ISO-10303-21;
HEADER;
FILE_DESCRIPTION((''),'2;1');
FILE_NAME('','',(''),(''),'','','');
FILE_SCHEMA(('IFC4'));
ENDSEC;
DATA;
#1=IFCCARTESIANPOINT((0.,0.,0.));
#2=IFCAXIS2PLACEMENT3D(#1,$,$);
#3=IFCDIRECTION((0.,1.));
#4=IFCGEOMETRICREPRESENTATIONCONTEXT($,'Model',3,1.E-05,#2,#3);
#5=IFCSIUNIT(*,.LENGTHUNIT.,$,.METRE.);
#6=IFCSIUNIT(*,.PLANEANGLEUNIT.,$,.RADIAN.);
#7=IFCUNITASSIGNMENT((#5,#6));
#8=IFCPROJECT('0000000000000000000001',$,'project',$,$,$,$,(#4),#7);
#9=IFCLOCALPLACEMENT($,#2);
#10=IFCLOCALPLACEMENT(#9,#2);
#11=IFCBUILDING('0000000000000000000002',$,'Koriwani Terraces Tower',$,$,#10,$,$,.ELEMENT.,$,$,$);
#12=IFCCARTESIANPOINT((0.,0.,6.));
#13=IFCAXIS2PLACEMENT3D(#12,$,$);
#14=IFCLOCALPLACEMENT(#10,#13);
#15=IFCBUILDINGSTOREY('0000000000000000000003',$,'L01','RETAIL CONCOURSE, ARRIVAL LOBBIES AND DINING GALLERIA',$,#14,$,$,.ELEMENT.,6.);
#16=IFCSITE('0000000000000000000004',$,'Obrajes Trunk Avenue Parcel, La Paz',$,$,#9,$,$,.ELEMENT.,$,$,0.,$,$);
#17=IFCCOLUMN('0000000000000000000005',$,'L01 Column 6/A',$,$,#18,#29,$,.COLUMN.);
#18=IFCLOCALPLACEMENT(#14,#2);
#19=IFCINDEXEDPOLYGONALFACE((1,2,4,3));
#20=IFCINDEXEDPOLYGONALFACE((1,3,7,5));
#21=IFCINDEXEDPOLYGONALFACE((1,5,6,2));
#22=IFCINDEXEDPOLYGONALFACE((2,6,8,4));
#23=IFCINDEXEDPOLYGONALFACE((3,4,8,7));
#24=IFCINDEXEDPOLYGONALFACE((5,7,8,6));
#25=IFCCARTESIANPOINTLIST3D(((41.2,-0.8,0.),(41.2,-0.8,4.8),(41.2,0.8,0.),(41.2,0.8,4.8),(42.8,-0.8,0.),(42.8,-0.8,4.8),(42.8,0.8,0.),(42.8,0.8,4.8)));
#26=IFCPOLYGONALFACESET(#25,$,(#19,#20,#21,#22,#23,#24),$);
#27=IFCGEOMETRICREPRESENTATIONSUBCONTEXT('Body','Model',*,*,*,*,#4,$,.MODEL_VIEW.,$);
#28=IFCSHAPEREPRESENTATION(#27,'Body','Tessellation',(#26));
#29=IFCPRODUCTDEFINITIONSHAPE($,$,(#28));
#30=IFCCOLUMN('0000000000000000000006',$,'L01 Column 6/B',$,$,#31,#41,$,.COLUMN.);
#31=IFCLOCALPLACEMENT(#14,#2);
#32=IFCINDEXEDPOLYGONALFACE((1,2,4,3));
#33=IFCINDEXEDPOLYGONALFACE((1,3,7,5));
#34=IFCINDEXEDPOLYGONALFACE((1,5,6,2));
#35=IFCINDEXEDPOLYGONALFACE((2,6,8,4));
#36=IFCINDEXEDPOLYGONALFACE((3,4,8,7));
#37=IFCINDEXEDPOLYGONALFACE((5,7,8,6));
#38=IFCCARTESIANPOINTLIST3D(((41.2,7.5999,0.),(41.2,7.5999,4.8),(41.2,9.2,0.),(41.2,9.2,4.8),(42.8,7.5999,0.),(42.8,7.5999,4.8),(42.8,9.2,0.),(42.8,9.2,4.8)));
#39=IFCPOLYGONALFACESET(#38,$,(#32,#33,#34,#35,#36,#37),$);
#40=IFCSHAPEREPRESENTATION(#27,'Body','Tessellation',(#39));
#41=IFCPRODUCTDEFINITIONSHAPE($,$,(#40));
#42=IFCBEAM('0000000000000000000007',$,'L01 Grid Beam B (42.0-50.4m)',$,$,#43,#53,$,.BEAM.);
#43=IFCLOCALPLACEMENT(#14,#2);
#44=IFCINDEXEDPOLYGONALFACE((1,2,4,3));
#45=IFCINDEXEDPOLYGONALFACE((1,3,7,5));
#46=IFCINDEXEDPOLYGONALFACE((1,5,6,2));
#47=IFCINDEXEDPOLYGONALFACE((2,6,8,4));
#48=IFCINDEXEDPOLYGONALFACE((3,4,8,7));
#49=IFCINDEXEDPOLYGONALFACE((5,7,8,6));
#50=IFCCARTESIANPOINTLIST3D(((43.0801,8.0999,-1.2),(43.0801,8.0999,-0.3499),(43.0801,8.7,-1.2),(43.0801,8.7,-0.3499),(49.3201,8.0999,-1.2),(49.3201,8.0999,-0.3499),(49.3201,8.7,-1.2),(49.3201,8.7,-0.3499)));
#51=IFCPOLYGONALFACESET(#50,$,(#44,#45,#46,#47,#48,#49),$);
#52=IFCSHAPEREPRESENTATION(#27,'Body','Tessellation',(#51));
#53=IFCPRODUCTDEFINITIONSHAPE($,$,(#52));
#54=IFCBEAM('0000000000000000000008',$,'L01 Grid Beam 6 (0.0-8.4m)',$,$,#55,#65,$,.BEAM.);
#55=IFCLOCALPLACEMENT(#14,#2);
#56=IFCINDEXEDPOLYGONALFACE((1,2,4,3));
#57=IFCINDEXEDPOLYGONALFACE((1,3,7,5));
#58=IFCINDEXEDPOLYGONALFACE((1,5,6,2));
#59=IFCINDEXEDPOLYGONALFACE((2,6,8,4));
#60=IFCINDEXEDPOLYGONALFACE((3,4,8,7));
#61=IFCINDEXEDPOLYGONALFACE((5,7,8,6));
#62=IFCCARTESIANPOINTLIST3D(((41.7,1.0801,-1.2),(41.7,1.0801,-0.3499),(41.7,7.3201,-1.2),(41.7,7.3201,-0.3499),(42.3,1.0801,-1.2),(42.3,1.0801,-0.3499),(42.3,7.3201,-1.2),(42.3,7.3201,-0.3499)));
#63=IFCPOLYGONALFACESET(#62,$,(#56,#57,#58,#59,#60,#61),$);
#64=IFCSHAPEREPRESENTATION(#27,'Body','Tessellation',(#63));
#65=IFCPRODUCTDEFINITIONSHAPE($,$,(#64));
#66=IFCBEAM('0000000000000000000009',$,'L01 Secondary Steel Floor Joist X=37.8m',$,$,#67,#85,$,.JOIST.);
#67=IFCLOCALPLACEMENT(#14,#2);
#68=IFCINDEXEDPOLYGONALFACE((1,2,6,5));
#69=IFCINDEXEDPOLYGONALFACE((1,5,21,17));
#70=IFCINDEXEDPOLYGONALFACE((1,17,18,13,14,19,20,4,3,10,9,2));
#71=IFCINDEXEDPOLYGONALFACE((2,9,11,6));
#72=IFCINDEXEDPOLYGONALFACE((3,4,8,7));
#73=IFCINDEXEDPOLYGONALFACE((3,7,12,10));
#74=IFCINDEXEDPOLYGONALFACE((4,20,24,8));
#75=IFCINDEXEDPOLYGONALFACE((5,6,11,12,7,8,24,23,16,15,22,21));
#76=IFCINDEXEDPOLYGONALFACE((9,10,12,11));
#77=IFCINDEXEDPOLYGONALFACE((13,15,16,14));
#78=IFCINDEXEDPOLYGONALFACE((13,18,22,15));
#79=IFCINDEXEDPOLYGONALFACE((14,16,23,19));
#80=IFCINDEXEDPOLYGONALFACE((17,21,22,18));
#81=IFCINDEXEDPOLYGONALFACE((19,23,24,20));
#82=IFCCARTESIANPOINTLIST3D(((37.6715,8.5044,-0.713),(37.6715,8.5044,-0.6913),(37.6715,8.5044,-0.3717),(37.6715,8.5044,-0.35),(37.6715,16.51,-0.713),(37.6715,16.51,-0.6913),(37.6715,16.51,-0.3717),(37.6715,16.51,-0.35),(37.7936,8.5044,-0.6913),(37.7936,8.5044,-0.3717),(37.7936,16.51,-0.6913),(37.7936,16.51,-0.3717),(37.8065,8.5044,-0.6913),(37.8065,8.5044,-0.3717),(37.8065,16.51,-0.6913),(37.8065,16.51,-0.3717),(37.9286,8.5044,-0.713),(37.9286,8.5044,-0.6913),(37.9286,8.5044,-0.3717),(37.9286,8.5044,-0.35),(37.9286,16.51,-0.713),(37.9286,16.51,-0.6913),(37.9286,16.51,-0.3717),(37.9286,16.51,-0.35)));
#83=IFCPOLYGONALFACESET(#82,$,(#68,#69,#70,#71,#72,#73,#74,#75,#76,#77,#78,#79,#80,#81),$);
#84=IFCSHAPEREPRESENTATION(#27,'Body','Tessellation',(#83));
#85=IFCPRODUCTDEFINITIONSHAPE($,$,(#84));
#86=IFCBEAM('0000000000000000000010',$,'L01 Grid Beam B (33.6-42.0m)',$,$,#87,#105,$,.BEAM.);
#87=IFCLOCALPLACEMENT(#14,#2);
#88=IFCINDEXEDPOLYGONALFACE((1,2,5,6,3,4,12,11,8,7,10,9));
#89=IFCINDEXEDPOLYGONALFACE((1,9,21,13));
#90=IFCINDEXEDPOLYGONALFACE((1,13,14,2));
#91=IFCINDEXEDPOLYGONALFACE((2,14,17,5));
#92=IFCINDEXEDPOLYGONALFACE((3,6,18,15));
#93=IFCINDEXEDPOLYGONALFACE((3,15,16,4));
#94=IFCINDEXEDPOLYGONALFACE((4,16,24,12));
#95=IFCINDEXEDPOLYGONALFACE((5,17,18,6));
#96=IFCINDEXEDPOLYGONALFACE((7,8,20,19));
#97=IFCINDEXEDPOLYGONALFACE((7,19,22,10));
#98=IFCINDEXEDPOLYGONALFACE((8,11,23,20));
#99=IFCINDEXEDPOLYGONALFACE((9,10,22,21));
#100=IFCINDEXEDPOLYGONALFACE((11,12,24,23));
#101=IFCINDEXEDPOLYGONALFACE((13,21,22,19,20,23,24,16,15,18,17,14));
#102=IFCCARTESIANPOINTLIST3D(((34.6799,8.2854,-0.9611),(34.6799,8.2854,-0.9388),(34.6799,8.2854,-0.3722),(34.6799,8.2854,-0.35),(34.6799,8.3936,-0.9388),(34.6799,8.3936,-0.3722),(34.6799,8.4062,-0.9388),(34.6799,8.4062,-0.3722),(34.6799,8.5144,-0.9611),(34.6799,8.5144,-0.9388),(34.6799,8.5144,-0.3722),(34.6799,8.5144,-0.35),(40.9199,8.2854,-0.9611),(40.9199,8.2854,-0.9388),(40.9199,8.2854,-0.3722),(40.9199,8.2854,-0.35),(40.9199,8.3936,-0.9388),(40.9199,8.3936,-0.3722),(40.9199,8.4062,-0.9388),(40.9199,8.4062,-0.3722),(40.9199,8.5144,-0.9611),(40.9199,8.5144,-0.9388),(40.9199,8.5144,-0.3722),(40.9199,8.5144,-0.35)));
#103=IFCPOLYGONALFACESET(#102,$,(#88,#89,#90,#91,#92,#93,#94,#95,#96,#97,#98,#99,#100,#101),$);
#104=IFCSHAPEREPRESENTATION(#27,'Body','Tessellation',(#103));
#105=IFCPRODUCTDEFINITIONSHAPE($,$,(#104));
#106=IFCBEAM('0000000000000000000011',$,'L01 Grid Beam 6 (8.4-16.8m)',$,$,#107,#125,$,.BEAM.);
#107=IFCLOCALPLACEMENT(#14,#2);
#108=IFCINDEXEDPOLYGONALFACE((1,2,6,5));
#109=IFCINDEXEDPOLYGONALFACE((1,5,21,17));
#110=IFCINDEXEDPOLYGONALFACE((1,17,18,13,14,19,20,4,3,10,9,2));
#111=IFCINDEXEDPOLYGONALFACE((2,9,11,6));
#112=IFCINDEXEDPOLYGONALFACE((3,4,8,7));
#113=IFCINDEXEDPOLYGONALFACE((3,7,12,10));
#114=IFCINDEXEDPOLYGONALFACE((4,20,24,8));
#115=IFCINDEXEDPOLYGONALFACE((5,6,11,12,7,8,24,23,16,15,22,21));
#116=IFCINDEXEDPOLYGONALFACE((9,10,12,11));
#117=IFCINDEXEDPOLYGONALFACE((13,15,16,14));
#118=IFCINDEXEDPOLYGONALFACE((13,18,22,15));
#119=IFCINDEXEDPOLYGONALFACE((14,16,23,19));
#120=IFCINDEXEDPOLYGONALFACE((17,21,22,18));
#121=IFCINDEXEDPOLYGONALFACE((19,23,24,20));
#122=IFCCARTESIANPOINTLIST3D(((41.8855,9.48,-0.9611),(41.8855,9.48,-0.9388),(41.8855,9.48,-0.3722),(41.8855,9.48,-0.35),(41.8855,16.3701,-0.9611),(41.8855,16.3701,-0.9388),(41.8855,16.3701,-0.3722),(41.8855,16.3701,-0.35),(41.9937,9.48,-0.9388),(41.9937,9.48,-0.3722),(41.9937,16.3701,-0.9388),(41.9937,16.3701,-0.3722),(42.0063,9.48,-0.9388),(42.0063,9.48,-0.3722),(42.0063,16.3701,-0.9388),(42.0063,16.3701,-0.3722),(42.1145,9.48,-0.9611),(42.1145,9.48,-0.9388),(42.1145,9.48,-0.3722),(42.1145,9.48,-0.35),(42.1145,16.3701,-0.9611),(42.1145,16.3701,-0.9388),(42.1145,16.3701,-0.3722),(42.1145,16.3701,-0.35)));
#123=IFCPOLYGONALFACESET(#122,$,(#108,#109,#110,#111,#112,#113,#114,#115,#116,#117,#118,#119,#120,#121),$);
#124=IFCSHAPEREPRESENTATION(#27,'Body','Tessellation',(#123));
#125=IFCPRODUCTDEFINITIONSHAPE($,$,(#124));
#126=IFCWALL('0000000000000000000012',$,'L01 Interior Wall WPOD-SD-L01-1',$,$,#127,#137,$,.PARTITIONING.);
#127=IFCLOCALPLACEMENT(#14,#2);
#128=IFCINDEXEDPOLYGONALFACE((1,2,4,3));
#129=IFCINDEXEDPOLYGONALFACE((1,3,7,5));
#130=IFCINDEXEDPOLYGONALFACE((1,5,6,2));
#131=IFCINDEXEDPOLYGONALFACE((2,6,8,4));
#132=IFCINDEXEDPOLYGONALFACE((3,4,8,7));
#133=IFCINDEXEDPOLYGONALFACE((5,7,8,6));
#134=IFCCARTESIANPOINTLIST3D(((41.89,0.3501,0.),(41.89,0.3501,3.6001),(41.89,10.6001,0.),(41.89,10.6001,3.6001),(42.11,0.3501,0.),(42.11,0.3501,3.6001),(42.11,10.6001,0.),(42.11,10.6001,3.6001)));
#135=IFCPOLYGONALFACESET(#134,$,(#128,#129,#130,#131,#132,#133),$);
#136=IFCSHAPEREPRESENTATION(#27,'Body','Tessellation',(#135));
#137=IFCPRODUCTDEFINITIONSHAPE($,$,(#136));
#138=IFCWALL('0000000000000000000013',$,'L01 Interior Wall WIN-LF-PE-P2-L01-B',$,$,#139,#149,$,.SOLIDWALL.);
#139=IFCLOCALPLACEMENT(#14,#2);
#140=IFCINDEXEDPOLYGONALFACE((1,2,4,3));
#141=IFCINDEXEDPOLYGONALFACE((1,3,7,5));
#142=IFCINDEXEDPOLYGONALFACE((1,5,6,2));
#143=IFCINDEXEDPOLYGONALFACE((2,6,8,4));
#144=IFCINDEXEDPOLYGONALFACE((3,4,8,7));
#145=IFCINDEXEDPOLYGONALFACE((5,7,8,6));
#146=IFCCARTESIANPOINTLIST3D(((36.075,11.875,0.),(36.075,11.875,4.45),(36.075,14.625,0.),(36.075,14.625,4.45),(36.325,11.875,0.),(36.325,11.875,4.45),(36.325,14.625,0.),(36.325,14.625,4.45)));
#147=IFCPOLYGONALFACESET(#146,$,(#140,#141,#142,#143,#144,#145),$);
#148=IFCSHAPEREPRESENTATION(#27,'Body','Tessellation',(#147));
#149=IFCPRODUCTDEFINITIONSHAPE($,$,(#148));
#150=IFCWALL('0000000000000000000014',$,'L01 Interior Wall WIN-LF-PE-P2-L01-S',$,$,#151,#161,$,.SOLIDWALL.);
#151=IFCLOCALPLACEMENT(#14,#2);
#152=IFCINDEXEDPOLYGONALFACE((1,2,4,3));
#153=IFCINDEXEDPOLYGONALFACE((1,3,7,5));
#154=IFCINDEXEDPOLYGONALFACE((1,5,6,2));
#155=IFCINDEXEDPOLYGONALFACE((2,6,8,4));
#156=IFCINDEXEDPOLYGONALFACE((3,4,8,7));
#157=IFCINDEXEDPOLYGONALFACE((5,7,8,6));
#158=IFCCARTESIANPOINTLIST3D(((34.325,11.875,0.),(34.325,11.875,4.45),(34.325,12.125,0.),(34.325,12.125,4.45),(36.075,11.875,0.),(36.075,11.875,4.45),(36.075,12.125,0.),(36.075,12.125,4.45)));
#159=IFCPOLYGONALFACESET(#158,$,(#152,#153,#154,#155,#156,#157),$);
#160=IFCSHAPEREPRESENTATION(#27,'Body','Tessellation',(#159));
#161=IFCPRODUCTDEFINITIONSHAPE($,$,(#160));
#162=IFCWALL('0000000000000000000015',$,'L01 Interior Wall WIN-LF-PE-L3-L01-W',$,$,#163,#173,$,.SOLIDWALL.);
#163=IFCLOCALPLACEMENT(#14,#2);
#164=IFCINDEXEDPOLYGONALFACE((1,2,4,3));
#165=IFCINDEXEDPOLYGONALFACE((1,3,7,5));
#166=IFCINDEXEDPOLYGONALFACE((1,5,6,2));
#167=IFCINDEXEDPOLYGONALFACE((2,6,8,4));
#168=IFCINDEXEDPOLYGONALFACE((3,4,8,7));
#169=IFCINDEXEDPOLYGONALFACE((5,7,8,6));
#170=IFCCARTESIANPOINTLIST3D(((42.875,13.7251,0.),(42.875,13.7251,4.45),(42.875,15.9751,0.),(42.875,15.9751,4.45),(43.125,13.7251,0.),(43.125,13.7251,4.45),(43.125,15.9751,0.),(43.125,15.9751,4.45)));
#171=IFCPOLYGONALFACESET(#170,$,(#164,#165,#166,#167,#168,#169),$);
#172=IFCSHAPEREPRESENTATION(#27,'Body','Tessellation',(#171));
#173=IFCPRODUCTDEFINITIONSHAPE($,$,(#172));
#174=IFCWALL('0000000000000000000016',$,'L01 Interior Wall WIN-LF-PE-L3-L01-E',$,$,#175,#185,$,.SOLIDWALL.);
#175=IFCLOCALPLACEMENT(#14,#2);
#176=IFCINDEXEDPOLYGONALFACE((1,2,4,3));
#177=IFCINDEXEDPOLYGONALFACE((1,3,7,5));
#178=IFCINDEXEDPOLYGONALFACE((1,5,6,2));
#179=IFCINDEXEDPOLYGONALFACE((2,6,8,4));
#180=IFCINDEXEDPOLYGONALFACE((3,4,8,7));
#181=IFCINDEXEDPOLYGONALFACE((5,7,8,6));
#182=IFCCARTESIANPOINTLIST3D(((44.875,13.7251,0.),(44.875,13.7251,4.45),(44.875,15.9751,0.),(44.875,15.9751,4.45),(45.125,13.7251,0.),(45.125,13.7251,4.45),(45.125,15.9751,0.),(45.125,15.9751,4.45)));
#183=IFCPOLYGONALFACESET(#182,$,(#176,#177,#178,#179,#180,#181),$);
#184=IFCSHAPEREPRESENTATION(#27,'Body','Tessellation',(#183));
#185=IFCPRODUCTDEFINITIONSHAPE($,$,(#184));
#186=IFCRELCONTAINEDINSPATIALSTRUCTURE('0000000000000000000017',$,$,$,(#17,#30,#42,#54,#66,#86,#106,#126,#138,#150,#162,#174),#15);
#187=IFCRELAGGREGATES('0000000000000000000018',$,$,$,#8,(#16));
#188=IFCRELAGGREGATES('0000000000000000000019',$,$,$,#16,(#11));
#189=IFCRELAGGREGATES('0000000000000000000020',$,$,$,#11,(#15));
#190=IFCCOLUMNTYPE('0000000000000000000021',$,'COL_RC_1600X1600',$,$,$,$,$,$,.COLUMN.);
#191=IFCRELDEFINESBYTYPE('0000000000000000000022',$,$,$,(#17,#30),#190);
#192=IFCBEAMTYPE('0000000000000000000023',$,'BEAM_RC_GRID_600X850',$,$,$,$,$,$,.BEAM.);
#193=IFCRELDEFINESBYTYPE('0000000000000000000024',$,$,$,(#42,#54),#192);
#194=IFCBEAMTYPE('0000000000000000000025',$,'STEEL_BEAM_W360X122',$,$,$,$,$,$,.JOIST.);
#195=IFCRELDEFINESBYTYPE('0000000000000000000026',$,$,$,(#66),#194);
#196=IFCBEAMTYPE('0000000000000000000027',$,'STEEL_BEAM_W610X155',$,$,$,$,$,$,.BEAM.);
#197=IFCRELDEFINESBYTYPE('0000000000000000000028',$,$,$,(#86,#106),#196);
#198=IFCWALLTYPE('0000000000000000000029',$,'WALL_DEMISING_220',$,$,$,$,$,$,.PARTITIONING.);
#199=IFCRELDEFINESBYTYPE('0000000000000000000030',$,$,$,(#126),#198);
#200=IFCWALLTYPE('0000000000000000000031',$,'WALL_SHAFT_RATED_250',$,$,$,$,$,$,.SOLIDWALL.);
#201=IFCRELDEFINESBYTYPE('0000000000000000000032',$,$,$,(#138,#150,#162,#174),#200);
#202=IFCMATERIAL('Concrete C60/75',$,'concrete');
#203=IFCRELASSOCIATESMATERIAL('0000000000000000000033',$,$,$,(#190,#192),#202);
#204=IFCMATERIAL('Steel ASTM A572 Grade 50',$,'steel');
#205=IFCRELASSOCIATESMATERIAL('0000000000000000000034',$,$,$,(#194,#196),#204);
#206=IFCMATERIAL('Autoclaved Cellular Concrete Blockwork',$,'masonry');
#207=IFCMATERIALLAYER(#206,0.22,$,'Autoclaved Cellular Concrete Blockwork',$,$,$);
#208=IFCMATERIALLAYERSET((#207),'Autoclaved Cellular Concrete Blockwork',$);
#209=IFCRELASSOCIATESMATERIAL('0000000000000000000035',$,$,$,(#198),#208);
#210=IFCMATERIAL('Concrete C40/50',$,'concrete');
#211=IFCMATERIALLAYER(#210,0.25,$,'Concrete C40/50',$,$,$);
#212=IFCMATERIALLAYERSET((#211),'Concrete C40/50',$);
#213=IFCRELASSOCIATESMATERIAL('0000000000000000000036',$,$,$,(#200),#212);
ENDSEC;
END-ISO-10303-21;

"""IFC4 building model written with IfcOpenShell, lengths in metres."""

from ifc_helpers import new_model, si_unit, direction, frame, frame_2d, origin, origin_2d, place, context, subcontext, project, spatial, rectangle, i_section, extrude, material, layer, layer_set, material_profile, profile_set, type_object, element, save


model = new_model("IFC4")

# Units and contexts
model_context = context("Model", 3, precision=1e-05, world=origin(), true_north=direction((0.0, 1.0)))
body_context = subcontext(model_context, "Body", "Model", "MODEL_VIEW")
ifc_project = project(units=[si_unit("LENGTHUNIT", "METRE"), si_unit("PLANEANGLEUNIT", "RADIAN")], contexts=[model_context])

# Site, building, storey
site_placement = place(None, origin())
site = spatial("IfcSite", under=ifc_project, at=site_placement, Name="Obrajes Trunk Avenue Parcel, La Paz", CompositionType="ELEMENT", RefElevation=0.0)
building_placement = place(site_placement, origin())
building = spatial("IfcBuilding", under=site, at=building_placement, Name="Koriwani Terraces Tower", CompositionType="ELEMENT")
storey_placement = place(building_placement, frame((0.0, 0.0, 6.0)))
storey = spatial("IfcBuildingStorey", under=building, at=storey_placement, Name="L01", Description="RETAIL CONCOURSE, ARRIVAL LOBBIES AND DINING GALLERIA", CompositionType="ELEMENT", Elevation=6.0)

# Columns
ifc_material_1 = material(Name="Concrete C60/75", Category="concrete")
ifc_material_profile_1 = material_profile(ifc_material_1, rectangle(XDim=1.6001, YDim=1.6001, at=origin_2d()), Name="Concrete C60/75", Category="LoadBearing")
ifc_profile_set_1 = profile_set([ifc_material_profile_1], Name="Concrete C60/75")
column_type = type_object("IfcColumnType", Name="COL_RC_1600X1600", PredefinedType="COLUMN", material=ifc_profile_set_1)
for number, where, z_axis, x_axis, name in (
    (1, (42.0, 0.0, 0.0), (0.0, 0.0, 1.0), (1.0, 0.0, 0.0), "L01 Column 6/A"),
    (2, (42.0, 8.3999, 0.0), (0.0, 0.0, 1.0), (1.0, 0.0, 0.0), "L01 Column 6/B"),
):
    element("IfcColumn", number, at=place(storey_placement, frame(where, z_axis=z_axis, x_axis=x_axis)), inside=storey, type_object=column_type, Name=name, PredefinedType="COLUMN", context=body_context, shape_type="SweptSolid", body=[
        extrude(rectangle(XDim=1.6001, YDim=1.6001, at=origin_2d()), origin(), (0.0, 0.0, 1.0), 4.8),
    ])

# Beams
ifc_material_profile_2 = material_profile(ifc_material_1, rectangle(XDim=0.6001, YDim=0.8501, at=origin_2d()), Name="Concrete C60/75", Category="LoadBearing")
ifc_profile_set_2 = profile_set([ifc_material_profile_2], Name="Concrete C60/75")
beam_type_1 = type_object("IfcBeamType", Name="BEAM_RC_GRID_600X850", PredefinedType="BEAM", material=ifc_profile_set_2)
for number, where, z_axis, x_axis, name in (
    (3, (43.0801, 8.3999, -0.7749), (1.0, 0.0, 0.0), (0.0, 1.0, 0.0), "L01 Grid Beam B (42.0-50.4m)"),
    (4, (42.0, 1.0801, -0.7749), (0.0, 1.0, 0.0), (-1.0, 0.0, 0.0), "L01 Grid Beam 6 (0.0-8.4m)"),
):
    element("IfcBeam", number, at=place(storey_placement, frame(where, z_axis=z_axis, x_axis=x_axis)), inside=storey, type_object=beam_type_1, Name=name, PredefinedType="BEAM", context=body_context, shape_type="SweptSolid", body=[
        extrude(rectangle(XDim=0.6001, YDim=0.8501, at=origin_2d()), origin(), (0.0, 0.0, 1.0), 6.24),
    ])
ifc_material_2 = material(Name="Steel ASTM A572 Grade 50", Category="steel")
ifc_material_profile_3 = material_profile(ifc_material_2, i_section(OverallWidth=0.2571, OverallDepth=0.363, WebThickness=0.0129, FlangeThickness=0.0217, at=origin_2d()), Name="Steel ASTM A572 Grade 50", Category="LoadBearing")
ifc_profile_set_3 = profile_set([ifc_material_profile_3], Name="Steel ASTM A572 Grade 50")
beam_type_2 = type_object("IfcBeamType", Name="STEEL_BEAM_W360X122", PredefinedType="JOIST", material=ifc_profile_set_3)
beam_1_placement = place(storey_placement, frame((37.8, 8.5044, -0.5315), z_axis=(0.0, 1.0, 0.0), x_axis=(-1.0, 0.0, 0.0)))
element("IfcBeam", 5, at=beam_1_placement, inside=storey, type_object=beam_type_2, Name="L01 Secondary Steel Floor Joist X=37.8m", PredefinedType="JOIST", context=body_context, shape_type="SweptSolid", body=[
    extrude(i_section(OverallWidth=0.2571, OverallDepth=0.363, WebThickness=0.0129, FlangeThickness=0.0217, at=origin_2d()), origin(), (0.0, 0.0, 1.0), 8.0056),
])
ifc_material_profile_4 = material_profile(ifc_material_2, i_section(OverallWidth=0.229, OverallDepth=0.6111, WebThickness=0.0127, FlangeThickness=0.0222, at=origin_2d()), Name="Steel ASTM A572 Grade 50", Category="LoadBearing")
ifc_profile_set_4 = profile_set([ifc_material_profile_4], Name="Steel ASTM A572 Grade 50")
beam_type_3 = type_object("IfcBeamType", Name="STEEL_BEAM_W610X155", PredefinedType="BEAM", material=ifc_profile_set_4)
beam_2_placement = place(storey_placement, frame((34.6799, 8.3999, -0.6555), z_axis=(1.0, 0.0, 0.0), x_axis=(0.0, 1.0, 0.0)))
element("IfcBeam", 6, at=beam_2_placement, inside=storey, type_object=beam_type_3, Name="L01 Grid Beam B (33.6-42.0m)", PredefinedType="BEAM", context=body_context, shape_type="SweptSolid", body=[
    extrude(i_section(OverallWidth=0.229, OverallDepth=0.6111, WebThickness=0.0127, FlangeThickness=0.0222, at=origin_2d()), origin(), (0.0, 0.0, 1.0), 6.24),
])
beam_3_placement = place(storey_placement, frame((42.0, 9.48, -0.6555), z_axis=(0.0, 1.0, 0.0), x_axis=(-1.0, 0.0, 0.0)))
element("IfcBeam", 7, at=beam_3_placement, inside=storey, type_object=beam_type_3, Name="L01 Grid Beam 6 (8.4-16.8m)", PredefinedType="BEAM", context=body_context, shape_type="SweptSolid", body=[
    extrude(i_section(OverallWidth=0.229, OverallDepth=0.6111, WebThickness=0.0127, FlangeThickness=0.0222, at=origin_2d()), origin(), (0.0, 0.0, 1.0), 6.8901),
])

# Wall
ifc_material_3 = material(Name="Autoclaved Cellular Concrete Blockwork", Category="masonry")
ifc_layer_1 = layer(ifc_material_3, 0.22, Name="Autoclaved Cellular Concrete Blockwork")
ifc_layer_set_1 = layer_set([ifc_layer_1], Name="Autoclaved Cellular Concrete Blockwork")
wall_type_1 = type_object("IfcWallType", Name="WALL_DEMISING_220", PredefinedType="PARTITIONING", material=ifc_layer_set_1)
wall_1_placement = place(storey_placement, frame((42.0, 0.3501, 0.0), z_axis=(0.0, 0.0, 1.0), x_axis=(0.0, 1.0, 0.0)))
element("IfcWall", 8, at=wall_1_placement, inside=storey, type_object=wall_type_1, Name="L01 Interior Wall WPOD-SD-L01-1", PredefinedType="PARTITIONING", context=body_context, shape_type="SweptSolid", body=[
    extrude(rectangle(XDim=10.25, YDim=0.22, at=frame_2d((5.125, 0.0))), origin(), (0.0, 0.0, 1.0), 3.6001),
])

# Shared definitions
ifc_material_4 = material(Name="Concrete C40/50", Category="concrete")
ifc_layer_2 = layer(ifc_material_4, 0.25, Name="Concrete C40/50")
ifc_layer_set_2 = layer_set([ifc_layer_2], Name="Concrete C40/50")
wall_type_2 = type_object("IfcWallType", Name="WALL_SHAFT_RATED_250", PredefinedType="SOLIDWALL", material=ifc_layer_set_2)

# Walls
wall_2_placement = place(storey_placement, frame((36.2, 11.875, 0.0), z_axis=(0.0, 0.0, 1.0), x_axis=(0.0, 1.0, 0.0)))
element("IfcWall", 9, at=wall_2_placement, inside=storey, type_object=wall_type_2, Name="L01 Interior Wall WIN-LF-PE-P2-L01-B", PredefinedType="SOLIDWALL", context=body_context, shape_type="SweptSolid", body=[
    extrude(rectangle(XDim=2.75, YDim=0.25, at=frame_2d((1.375, 0.0))), origin(), (0.0, 0.0, 1.0), 4.45),
])
wall_3_placement = place(storey_placement, frame((34.325, 12.0, 0.0), z_axis=(0.0, 0.0, 1.0), x_axis=(1.0, 0.0, 0.0)))
element("IfcWall", 10, at=wall_3_placement, inside=storey, type_object=wall_type_2, Name="L01 Interior Wall WIN-LF-PE-P2-L01-S", PredefinedType="SOLIDWALL", context=body_context, shape_type="SweptSolid", body=[
    extrude(rectangle(XDim=1.75, YDim=0.25, at=frame_2d((0.875, 0.0))), origin(), (0.0, 0.0, 1.0), 4.45),
])

# Walls
for number, where, z_axis, x_axis, name in (
    (11, (43.0, 13.7251, 0.0), (0.0, 0.0, 1.0), (0.0, 1.0, 0.0), "L01 Interior Wall WIN-LF-PE-L3-L01-W"),
    (12, (45.0, 13.7251, 0.0), (0.0, 0.0, 1.0), (0.0, 1.0, 0.0), "L01 Interior Wall WIN-LF-PE-L3-L01-E"),
):
    element("IfcWall", number, at=place(storey_placement, frame(where, z_axis=z_axis, x_axis=x_axis)), inside=storey, type_object=wall_type_2, Name=name, PredefinedType="SOLIDWALL", context=body_context, shape_type="SweptSolid", body=[
        extrude(rectangle(XDim=2.25, YDim=0.25, at=frame_2d((1.125, 0.0))), origin(), (0.0, 0.0, 1.0), 4.45),
    ])

save(model, "model.ifc")
